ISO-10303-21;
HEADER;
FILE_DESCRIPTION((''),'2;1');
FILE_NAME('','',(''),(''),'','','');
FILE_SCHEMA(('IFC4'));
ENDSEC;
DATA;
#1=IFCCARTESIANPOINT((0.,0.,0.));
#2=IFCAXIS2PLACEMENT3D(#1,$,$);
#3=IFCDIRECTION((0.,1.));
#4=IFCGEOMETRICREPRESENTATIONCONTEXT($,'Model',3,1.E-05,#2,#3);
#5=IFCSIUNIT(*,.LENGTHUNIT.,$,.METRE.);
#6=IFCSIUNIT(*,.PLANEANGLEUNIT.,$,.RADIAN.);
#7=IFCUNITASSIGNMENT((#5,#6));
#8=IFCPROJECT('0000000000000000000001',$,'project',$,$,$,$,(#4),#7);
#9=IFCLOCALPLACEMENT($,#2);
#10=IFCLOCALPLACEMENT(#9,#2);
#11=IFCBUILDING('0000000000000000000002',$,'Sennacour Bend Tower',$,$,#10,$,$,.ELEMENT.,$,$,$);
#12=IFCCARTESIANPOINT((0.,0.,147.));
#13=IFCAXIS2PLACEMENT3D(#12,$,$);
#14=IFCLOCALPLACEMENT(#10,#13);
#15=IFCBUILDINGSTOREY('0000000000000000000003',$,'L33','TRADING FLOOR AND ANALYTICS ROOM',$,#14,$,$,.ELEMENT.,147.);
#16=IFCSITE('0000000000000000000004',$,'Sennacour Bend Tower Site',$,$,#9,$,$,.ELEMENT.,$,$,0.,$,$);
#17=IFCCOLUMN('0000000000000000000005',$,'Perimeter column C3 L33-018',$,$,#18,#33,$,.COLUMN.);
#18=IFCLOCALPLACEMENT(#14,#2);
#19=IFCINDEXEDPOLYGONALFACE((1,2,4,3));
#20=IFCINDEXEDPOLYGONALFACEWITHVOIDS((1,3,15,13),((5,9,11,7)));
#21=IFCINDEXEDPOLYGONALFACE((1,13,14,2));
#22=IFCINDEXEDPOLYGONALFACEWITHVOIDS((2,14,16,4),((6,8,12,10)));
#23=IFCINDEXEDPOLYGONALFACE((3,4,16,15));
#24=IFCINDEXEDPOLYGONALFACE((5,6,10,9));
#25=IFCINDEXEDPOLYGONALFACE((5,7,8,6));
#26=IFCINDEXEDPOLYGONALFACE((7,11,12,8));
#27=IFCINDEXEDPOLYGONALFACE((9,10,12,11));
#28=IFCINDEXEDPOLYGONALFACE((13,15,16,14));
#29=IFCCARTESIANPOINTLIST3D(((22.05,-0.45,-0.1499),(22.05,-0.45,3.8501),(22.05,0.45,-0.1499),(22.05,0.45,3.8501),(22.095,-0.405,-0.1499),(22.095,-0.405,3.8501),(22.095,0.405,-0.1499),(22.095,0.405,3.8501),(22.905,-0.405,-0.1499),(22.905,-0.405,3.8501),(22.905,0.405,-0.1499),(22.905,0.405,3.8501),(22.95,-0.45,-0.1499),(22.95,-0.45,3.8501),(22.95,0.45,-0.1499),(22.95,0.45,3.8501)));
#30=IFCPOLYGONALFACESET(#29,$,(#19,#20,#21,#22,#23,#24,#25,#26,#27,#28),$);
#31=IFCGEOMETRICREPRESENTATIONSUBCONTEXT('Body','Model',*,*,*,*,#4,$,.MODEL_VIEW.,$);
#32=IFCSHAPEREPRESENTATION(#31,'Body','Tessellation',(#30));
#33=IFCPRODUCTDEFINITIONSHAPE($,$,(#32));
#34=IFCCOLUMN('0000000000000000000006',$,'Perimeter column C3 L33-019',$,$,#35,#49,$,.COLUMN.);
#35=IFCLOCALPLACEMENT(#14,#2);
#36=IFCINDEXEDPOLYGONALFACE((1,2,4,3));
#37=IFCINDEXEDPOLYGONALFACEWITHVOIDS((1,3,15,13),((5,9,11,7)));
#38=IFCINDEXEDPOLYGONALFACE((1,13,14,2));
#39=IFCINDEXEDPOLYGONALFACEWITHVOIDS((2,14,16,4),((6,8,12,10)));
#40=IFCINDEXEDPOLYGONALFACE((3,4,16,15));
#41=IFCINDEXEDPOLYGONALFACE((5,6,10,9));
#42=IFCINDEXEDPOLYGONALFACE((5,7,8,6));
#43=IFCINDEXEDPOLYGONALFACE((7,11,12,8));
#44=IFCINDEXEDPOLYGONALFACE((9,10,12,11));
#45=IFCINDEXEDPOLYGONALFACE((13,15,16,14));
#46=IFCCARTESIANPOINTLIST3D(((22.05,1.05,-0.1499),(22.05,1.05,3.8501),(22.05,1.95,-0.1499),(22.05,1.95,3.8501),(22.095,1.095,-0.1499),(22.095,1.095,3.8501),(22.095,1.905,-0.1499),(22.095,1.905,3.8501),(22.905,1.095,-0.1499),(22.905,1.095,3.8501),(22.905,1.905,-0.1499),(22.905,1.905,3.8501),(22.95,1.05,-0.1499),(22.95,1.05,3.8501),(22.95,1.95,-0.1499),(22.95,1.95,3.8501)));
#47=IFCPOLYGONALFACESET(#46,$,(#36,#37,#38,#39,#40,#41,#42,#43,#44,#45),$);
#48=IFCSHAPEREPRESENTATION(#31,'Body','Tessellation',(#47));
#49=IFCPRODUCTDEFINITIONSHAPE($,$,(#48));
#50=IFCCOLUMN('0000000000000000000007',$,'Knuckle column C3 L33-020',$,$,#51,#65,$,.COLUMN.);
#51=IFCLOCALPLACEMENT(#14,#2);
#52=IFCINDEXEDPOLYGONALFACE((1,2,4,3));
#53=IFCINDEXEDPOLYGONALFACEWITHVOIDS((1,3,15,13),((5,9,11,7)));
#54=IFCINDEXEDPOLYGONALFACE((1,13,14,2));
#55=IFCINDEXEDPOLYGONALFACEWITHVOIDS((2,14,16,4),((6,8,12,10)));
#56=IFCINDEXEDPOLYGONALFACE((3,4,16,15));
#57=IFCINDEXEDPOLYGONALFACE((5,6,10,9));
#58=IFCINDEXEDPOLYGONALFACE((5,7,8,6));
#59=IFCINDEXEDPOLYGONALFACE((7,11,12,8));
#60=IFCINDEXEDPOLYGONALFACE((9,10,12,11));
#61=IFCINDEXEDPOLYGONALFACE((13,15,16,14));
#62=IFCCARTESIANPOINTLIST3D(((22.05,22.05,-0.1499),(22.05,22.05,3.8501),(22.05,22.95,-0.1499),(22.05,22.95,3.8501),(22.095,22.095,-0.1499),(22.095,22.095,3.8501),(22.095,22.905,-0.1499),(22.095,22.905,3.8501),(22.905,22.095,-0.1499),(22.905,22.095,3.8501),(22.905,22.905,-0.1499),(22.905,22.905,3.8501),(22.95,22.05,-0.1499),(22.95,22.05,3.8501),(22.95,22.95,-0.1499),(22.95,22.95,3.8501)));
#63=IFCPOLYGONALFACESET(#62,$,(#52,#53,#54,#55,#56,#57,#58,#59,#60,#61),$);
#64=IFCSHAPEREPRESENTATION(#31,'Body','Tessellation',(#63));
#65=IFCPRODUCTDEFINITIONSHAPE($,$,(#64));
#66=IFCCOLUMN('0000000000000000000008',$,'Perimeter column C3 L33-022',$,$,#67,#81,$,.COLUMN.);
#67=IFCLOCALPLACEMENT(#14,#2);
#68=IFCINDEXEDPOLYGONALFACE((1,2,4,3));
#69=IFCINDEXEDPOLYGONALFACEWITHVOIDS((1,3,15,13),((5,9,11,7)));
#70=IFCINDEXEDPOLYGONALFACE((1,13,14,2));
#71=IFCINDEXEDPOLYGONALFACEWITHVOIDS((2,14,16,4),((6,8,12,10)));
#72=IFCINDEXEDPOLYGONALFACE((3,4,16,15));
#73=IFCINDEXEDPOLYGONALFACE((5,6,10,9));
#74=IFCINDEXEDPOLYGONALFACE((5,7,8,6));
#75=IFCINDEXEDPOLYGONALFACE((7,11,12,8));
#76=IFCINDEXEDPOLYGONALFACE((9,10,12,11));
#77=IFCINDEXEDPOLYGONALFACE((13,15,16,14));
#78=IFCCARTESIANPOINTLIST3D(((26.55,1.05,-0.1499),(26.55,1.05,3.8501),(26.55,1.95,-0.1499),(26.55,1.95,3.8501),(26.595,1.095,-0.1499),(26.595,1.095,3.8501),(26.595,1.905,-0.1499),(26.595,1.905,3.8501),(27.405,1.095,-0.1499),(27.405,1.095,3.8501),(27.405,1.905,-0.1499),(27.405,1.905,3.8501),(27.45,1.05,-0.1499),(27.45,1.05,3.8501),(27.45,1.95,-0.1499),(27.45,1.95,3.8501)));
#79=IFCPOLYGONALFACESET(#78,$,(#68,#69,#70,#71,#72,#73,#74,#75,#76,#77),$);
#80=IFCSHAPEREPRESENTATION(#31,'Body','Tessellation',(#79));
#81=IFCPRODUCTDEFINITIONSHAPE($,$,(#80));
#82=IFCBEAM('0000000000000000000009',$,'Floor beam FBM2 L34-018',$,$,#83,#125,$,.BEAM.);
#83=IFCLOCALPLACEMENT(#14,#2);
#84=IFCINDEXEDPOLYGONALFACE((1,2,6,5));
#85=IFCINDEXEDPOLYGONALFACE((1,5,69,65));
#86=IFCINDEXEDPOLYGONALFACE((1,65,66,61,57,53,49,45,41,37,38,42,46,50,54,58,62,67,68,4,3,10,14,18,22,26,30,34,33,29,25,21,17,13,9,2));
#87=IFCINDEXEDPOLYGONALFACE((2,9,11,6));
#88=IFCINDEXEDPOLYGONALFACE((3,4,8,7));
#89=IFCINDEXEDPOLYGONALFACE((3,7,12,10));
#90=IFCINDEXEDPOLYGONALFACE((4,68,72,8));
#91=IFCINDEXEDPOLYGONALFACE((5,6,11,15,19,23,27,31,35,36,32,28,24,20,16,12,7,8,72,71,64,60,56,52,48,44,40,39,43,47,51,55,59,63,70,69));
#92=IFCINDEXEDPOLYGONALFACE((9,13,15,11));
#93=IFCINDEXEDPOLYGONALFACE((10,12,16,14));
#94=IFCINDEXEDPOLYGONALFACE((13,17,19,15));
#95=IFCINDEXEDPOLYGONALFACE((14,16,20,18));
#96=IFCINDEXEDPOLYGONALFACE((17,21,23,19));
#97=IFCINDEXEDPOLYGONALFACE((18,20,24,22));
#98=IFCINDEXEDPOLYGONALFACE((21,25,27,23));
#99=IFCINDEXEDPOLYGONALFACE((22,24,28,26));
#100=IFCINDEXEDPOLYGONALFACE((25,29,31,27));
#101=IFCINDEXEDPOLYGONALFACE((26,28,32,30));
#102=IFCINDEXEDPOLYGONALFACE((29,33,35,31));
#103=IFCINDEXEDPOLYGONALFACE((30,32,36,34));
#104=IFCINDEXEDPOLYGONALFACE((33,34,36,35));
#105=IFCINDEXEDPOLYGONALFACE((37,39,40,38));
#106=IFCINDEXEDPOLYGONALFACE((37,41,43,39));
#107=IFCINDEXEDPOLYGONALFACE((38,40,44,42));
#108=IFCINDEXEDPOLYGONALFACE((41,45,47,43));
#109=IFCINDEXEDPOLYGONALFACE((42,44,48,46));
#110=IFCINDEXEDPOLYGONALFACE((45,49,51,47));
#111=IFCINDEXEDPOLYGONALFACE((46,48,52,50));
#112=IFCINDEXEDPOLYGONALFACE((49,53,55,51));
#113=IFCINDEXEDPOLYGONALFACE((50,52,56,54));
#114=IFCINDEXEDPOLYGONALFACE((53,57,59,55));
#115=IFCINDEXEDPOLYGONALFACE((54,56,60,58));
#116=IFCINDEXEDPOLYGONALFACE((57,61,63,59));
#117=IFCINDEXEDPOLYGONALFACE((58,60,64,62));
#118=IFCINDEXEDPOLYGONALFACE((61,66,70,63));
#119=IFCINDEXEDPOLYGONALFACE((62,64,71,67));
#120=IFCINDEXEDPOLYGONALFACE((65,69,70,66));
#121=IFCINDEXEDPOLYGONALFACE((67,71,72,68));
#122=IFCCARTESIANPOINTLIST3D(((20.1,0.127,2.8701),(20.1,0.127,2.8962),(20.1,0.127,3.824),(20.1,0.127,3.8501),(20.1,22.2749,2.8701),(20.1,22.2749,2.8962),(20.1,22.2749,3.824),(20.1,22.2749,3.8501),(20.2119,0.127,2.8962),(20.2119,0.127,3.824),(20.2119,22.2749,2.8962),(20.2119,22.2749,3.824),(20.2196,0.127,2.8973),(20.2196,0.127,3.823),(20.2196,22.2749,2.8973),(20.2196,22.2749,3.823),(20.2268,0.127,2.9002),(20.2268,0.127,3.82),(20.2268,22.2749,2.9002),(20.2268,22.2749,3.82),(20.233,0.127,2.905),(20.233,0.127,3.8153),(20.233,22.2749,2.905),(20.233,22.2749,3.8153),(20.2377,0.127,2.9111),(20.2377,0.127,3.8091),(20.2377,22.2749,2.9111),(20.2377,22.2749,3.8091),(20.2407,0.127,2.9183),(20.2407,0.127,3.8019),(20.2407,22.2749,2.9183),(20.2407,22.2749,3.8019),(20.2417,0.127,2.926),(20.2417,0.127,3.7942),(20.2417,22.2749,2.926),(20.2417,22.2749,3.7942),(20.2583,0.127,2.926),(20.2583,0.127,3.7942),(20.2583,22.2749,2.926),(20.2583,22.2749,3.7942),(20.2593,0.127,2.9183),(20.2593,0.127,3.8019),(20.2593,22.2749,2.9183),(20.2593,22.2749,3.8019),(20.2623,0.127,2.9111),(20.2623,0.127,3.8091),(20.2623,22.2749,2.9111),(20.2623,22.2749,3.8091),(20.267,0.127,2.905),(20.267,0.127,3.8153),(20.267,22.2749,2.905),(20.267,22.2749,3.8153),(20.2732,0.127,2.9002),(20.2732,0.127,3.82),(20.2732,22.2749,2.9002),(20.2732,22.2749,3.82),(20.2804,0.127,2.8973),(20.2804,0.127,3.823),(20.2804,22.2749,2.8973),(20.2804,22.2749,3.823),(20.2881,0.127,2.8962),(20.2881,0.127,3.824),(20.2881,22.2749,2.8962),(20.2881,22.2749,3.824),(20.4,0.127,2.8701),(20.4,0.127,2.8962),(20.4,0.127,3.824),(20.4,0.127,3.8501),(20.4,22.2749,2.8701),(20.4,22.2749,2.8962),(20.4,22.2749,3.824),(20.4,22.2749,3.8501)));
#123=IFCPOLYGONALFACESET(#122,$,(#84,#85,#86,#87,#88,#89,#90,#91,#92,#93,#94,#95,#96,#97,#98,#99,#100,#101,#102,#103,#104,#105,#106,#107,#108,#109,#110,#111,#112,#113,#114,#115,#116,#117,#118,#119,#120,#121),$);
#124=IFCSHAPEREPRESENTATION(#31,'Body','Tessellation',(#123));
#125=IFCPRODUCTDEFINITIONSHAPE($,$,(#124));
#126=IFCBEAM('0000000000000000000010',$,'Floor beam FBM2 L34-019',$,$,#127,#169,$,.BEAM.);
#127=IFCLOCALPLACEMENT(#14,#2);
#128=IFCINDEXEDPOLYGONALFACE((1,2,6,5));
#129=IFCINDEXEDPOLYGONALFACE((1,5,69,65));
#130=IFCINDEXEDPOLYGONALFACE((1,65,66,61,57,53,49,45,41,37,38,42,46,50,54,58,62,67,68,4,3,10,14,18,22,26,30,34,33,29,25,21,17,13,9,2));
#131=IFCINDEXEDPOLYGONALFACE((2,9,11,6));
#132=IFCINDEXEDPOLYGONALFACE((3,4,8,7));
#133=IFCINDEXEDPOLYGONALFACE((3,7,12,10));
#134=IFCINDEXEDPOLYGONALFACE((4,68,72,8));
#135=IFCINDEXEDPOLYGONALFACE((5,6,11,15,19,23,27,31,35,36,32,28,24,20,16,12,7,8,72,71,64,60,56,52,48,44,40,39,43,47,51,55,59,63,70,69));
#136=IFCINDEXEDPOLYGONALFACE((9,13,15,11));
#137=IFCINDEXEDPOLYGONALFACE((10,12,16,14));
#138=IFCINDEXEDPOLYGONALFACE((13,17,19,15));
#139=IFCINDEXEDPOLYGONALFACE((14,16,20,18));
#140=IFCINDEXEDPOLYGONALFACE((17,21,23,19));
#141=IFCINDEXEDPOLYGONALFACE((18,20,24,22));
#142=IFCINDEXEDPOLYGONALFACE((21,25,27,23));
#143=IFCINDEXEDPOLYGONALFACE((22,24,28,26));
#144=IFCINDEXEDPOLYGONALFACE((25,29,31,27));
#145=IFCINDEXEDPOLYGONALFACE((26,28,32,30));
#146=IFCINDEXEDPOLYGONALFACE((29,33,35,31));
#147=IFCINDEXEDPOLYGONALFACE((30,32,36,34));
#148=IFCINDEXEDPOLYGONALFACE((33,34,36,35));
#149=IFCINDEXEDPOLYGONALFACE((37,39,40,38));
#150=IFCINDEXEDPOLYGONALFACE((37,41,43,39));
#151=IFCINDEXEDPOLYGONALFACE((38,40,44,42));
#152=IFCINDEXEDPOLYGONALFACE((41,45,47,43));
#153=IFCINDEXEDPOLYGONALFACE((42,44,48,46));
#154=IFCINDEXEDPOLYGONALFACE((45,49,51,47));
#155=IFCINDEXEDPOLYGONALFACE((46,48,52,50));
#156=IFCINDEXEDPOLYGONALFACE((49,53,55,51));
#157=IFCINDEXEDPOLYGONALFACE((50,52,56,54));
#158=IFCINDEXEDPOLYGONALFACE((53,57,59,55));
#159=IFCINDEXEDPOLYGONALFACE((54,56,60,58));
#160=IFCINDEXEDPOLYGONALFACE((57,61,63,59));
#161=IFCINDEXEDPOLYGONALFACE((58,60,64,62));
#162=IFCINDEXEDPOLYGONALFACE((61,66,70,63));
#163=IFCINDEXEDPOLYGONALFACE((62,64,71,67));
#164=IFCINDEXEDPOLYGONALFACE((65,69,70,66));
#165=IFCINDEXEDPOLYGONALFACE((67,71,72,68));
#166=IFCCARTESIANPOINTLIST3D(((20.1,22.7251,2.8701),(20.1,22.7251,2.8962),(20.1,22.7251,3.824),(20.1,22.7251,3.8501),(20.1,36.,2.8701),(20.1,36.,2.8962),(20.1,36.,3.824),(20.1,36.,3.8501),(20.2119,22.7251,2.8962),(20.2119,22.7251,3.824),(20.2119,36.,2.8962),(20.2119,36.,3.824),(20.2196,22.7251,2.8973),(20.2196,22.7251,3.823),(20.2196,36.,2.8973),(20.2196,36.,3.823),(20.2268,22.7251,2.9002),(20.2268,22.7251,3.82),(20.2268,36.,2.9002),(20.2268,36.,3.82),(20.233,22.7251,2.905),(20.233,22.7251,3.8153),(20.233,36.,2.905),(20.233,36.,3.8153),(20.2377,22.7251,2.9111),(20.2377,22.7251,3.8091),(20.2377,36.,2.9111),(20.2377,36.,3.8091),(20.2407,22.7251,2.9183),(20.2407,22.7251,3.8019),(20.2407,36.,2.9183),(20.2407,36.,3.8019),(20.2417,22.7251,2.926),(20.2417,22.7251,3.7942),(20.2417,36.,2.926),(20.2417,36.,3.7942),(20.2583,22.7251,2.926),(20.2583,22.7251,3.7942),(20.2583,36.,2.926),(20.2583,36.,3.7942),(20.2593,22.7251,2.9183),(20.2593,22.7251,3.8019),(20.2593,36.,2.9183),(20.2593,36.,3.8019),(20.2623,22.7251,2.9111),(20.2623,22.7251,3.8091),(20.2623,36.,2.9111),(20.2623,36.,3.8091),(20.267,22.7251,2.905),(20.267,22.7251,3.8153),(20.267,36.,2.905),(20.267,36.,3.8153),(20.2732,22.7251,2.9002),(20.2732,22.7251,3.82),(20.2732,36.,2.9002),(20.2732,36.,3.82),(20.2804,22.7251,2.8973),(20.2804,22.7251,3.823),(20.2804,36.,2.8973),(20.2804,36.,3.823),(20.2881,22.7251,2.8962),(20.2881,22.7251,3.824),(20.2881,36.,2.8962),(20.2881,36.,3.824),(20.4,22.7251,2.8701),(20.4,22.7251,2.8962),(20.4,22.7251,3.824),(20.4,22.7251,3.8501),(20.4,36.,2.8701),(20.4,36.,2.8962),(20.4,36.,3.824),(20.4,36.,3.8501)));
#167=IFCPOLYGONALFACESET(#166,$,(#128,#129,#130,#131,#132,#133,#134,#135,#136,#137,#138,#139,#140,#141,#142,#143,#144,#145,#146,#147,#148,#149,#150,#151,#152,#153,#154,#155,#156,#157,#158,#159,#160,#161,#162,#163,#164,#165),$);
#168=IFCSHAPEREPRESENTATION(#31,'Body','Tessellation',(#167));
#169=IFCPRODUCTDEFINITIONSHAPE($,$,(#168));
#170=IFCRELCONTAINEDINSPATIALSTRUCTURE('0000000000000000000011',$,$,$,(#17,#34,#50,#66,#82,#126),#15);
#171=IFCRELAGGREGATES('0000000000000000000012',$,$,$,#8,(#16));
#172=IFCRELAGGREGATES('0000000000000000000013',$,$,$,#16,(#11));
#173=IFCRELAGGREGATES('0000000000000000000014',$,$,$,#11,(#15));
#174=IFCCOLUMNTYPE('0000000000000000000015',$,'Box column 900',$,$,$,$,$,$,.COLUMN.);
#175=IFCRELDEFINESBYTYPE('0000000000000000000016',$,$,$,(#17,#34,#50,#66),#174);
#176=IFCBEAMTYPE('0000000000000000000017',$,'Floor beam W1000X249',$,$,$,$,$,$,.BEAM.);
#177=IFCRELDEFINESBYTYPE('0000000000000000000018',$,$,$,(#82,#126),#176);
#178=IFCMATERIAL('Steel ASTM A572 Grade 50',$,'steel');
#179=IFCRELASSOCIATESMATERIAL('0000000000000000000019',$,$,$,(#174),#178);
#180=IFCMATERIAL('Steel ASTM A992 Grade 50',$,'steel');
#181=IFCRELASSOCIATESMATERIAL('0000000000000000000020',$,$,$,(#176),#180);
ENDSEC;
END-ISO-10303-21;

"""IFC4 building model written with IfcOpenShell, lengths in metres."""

from ifc_helpers import new_model, si_unit, direction, frame, origin, origin_2d, place, context, subcontext, project, spatial, hollow_rectangle, i_section, extrude, material, material_profile, profile_set, type_object, element, save


model = new_model("IFC4")

# Units and contexts
model_context = context("Model", 3, precision=1e-05, world=origin(), true_north=direction((0.0, 1.0)))
body_context = subcontext(model_context, "Body", "Model", "MODEL_VIEW")
ifc_project = project(units=[si_unit("LENGTHUNIT", "METRE"), si_unit("PLANEANGLEUNIT", "RADIAN")], contexts=[model_context])

# Site, building, storey
site_placement = place(None, origin())
site = spatial("IfcSite", under=ifc_project, at=site_placement, Name="Sennacour Bend Tower Site", CompositionType="ELEMENT", RefElevation=0.0)
building_placement = place(site_placement, origin())
building = spatial("IfcBuilding", under=site, at=building_placement, Name="Sennacour Bend Tower", CompositionType="ELEMENT")
storey_placement = place(building_placement, frame((0.0, 0.0, 147.0)))
storey = spatial("IfcBuildingStorey", under=building, at=storey_placement, Name="L33", Description="TRADING FLOOR AND ANALYTICS ROOM", CompositionType="ELEMENT", Elevation=147.0)

# Columns
ifc_material_1 = material(Name="Steel ASTM A572 Grade 50", Category="steel")
ifc_material_profile_1 = material_profile(ifc_material_1, hollow_rectangle(XDim=0.8999, YDim=0.8999, WallThickness=0.0449, at=origin_2d()), Name="Steel ASTM A572 Grade 50", Category="steel")
ifc_profile_set_1 = profile_set([ifc_material_profile_1], Name="Steel ASTM A572 Grade 50")
column_type = type_object("IfcColumnType", Name="Box column 900", PredefinedType="COLUMN", material=ifc_profile_set_1)
for number, where, z_axis, x_axis, name in (
    (1, (22.5, 0.0, -0.1499), (0.0, 0.0, 1.0), (1.0, 0.0, 0.0), "Perimeter column C3 L33-018"),
    (2, (22.5, 1.5, -0.1499), (0.0, 0.0, 1.0), (1.0, 0.0, 0.0), "Perimeter column C3 L33-019"),
    (3, (22.5, 22.5, -0.1499), (0.0, 0.0, 1.0), (1.0, 0.0, 0.0), "Knuckle column C3 L33-020"),
    (4, (27.0, 1.5, -0.1499), (0.0, 0.0, 1.0), (1.0, 0.0, 0.0), "Perimeter column C3 L33-022"),
):
    element("IfcColumn", number, at=place(storey_placement, frame(where, z_axis=z_axis, x_axis=x_axis)), inside=storey, type_object=column_type, Name=name, PredefinedType="COLUMN", context=body_context, shape_type="SweptSolid", body=[
        extrude(hollow_rectangle(XDim=0.8999, YDim=0.8999, WallThickness=0.0449, at=origin_2d()), origin(), (0.0, 0.0, 1.0), 4.0),
    ])

# Beams
ifc_material_2 = material(Name="Steel ASTM A992 Grade 50", Category="steel")
ifc_material_profile_2 = material_profile(ifc_material_2, i_section(OverallWidth=0.3, OverallDepth=0.98, WebThickness=0.0166, FlangeThickness=0.0261, FilletRadius=0.0298, at=origin_2d()), Name="Steel ASTM A992 Grade 50", Category="steel")
ifc_profile_set_2 = profile_set([ifc_material_profile_2], Name="Steel ASTM A992 Grade 50")
beam_type_1 = type_object("IfcBeamType", Name="Floor beam W1000X249", PredefinedType="BEAM", material=ifc_profile_set_2)
beam_1_placement = place(storey_placement, frame((20.25, 0.127, 3.3601), z_axis=(0.0, 1.0, 0.0), x_axis=(-1.0, 0.0, 0.0)))
element("IfcBeam", 5, at=beam_1_placement, inside=storey, type_object=beam_type_1, Name="Floor beam FBM2 L34-018", PredefinedType="BEAM", context=body_context, shape_type="SweptSolid", body=[
    extrude(i_section(OverallWidth=0.3, OverallDepth=0.98, WebThickness=0.0166, FlangeThickness=0.0261, FilletRadius=0.0298, at=origin_2d()), origin(), (0.0, 0.0, 1.0), 22.1479),
])
beam_2_placement = place(storey_placement, frame((20.25, 22.7251, 3.3601), z_axis=(0.0, 1.0, 0.0), x_axis=(-1.0, 0.0, 0.0)))
element("IfcBeam", 6, at=beam_2_placement, inside=storey, type_object=beam_type_1, Name="Floor beam FBM2 L34-019", PredefinedType="BEAM", context=body_context, shape_type="SweptSolid", body=[
    extrude(i_section(OverallWidth=0.3, OverallDepth=0.98, WebThickness=0.0166, FlangeThickness=0.0261, FilletRadius=0.0298, at=origin_2d()), origin(), (0.0, 0.0, 1.0), 13.2749),
])

save(model, "model.ifc")
